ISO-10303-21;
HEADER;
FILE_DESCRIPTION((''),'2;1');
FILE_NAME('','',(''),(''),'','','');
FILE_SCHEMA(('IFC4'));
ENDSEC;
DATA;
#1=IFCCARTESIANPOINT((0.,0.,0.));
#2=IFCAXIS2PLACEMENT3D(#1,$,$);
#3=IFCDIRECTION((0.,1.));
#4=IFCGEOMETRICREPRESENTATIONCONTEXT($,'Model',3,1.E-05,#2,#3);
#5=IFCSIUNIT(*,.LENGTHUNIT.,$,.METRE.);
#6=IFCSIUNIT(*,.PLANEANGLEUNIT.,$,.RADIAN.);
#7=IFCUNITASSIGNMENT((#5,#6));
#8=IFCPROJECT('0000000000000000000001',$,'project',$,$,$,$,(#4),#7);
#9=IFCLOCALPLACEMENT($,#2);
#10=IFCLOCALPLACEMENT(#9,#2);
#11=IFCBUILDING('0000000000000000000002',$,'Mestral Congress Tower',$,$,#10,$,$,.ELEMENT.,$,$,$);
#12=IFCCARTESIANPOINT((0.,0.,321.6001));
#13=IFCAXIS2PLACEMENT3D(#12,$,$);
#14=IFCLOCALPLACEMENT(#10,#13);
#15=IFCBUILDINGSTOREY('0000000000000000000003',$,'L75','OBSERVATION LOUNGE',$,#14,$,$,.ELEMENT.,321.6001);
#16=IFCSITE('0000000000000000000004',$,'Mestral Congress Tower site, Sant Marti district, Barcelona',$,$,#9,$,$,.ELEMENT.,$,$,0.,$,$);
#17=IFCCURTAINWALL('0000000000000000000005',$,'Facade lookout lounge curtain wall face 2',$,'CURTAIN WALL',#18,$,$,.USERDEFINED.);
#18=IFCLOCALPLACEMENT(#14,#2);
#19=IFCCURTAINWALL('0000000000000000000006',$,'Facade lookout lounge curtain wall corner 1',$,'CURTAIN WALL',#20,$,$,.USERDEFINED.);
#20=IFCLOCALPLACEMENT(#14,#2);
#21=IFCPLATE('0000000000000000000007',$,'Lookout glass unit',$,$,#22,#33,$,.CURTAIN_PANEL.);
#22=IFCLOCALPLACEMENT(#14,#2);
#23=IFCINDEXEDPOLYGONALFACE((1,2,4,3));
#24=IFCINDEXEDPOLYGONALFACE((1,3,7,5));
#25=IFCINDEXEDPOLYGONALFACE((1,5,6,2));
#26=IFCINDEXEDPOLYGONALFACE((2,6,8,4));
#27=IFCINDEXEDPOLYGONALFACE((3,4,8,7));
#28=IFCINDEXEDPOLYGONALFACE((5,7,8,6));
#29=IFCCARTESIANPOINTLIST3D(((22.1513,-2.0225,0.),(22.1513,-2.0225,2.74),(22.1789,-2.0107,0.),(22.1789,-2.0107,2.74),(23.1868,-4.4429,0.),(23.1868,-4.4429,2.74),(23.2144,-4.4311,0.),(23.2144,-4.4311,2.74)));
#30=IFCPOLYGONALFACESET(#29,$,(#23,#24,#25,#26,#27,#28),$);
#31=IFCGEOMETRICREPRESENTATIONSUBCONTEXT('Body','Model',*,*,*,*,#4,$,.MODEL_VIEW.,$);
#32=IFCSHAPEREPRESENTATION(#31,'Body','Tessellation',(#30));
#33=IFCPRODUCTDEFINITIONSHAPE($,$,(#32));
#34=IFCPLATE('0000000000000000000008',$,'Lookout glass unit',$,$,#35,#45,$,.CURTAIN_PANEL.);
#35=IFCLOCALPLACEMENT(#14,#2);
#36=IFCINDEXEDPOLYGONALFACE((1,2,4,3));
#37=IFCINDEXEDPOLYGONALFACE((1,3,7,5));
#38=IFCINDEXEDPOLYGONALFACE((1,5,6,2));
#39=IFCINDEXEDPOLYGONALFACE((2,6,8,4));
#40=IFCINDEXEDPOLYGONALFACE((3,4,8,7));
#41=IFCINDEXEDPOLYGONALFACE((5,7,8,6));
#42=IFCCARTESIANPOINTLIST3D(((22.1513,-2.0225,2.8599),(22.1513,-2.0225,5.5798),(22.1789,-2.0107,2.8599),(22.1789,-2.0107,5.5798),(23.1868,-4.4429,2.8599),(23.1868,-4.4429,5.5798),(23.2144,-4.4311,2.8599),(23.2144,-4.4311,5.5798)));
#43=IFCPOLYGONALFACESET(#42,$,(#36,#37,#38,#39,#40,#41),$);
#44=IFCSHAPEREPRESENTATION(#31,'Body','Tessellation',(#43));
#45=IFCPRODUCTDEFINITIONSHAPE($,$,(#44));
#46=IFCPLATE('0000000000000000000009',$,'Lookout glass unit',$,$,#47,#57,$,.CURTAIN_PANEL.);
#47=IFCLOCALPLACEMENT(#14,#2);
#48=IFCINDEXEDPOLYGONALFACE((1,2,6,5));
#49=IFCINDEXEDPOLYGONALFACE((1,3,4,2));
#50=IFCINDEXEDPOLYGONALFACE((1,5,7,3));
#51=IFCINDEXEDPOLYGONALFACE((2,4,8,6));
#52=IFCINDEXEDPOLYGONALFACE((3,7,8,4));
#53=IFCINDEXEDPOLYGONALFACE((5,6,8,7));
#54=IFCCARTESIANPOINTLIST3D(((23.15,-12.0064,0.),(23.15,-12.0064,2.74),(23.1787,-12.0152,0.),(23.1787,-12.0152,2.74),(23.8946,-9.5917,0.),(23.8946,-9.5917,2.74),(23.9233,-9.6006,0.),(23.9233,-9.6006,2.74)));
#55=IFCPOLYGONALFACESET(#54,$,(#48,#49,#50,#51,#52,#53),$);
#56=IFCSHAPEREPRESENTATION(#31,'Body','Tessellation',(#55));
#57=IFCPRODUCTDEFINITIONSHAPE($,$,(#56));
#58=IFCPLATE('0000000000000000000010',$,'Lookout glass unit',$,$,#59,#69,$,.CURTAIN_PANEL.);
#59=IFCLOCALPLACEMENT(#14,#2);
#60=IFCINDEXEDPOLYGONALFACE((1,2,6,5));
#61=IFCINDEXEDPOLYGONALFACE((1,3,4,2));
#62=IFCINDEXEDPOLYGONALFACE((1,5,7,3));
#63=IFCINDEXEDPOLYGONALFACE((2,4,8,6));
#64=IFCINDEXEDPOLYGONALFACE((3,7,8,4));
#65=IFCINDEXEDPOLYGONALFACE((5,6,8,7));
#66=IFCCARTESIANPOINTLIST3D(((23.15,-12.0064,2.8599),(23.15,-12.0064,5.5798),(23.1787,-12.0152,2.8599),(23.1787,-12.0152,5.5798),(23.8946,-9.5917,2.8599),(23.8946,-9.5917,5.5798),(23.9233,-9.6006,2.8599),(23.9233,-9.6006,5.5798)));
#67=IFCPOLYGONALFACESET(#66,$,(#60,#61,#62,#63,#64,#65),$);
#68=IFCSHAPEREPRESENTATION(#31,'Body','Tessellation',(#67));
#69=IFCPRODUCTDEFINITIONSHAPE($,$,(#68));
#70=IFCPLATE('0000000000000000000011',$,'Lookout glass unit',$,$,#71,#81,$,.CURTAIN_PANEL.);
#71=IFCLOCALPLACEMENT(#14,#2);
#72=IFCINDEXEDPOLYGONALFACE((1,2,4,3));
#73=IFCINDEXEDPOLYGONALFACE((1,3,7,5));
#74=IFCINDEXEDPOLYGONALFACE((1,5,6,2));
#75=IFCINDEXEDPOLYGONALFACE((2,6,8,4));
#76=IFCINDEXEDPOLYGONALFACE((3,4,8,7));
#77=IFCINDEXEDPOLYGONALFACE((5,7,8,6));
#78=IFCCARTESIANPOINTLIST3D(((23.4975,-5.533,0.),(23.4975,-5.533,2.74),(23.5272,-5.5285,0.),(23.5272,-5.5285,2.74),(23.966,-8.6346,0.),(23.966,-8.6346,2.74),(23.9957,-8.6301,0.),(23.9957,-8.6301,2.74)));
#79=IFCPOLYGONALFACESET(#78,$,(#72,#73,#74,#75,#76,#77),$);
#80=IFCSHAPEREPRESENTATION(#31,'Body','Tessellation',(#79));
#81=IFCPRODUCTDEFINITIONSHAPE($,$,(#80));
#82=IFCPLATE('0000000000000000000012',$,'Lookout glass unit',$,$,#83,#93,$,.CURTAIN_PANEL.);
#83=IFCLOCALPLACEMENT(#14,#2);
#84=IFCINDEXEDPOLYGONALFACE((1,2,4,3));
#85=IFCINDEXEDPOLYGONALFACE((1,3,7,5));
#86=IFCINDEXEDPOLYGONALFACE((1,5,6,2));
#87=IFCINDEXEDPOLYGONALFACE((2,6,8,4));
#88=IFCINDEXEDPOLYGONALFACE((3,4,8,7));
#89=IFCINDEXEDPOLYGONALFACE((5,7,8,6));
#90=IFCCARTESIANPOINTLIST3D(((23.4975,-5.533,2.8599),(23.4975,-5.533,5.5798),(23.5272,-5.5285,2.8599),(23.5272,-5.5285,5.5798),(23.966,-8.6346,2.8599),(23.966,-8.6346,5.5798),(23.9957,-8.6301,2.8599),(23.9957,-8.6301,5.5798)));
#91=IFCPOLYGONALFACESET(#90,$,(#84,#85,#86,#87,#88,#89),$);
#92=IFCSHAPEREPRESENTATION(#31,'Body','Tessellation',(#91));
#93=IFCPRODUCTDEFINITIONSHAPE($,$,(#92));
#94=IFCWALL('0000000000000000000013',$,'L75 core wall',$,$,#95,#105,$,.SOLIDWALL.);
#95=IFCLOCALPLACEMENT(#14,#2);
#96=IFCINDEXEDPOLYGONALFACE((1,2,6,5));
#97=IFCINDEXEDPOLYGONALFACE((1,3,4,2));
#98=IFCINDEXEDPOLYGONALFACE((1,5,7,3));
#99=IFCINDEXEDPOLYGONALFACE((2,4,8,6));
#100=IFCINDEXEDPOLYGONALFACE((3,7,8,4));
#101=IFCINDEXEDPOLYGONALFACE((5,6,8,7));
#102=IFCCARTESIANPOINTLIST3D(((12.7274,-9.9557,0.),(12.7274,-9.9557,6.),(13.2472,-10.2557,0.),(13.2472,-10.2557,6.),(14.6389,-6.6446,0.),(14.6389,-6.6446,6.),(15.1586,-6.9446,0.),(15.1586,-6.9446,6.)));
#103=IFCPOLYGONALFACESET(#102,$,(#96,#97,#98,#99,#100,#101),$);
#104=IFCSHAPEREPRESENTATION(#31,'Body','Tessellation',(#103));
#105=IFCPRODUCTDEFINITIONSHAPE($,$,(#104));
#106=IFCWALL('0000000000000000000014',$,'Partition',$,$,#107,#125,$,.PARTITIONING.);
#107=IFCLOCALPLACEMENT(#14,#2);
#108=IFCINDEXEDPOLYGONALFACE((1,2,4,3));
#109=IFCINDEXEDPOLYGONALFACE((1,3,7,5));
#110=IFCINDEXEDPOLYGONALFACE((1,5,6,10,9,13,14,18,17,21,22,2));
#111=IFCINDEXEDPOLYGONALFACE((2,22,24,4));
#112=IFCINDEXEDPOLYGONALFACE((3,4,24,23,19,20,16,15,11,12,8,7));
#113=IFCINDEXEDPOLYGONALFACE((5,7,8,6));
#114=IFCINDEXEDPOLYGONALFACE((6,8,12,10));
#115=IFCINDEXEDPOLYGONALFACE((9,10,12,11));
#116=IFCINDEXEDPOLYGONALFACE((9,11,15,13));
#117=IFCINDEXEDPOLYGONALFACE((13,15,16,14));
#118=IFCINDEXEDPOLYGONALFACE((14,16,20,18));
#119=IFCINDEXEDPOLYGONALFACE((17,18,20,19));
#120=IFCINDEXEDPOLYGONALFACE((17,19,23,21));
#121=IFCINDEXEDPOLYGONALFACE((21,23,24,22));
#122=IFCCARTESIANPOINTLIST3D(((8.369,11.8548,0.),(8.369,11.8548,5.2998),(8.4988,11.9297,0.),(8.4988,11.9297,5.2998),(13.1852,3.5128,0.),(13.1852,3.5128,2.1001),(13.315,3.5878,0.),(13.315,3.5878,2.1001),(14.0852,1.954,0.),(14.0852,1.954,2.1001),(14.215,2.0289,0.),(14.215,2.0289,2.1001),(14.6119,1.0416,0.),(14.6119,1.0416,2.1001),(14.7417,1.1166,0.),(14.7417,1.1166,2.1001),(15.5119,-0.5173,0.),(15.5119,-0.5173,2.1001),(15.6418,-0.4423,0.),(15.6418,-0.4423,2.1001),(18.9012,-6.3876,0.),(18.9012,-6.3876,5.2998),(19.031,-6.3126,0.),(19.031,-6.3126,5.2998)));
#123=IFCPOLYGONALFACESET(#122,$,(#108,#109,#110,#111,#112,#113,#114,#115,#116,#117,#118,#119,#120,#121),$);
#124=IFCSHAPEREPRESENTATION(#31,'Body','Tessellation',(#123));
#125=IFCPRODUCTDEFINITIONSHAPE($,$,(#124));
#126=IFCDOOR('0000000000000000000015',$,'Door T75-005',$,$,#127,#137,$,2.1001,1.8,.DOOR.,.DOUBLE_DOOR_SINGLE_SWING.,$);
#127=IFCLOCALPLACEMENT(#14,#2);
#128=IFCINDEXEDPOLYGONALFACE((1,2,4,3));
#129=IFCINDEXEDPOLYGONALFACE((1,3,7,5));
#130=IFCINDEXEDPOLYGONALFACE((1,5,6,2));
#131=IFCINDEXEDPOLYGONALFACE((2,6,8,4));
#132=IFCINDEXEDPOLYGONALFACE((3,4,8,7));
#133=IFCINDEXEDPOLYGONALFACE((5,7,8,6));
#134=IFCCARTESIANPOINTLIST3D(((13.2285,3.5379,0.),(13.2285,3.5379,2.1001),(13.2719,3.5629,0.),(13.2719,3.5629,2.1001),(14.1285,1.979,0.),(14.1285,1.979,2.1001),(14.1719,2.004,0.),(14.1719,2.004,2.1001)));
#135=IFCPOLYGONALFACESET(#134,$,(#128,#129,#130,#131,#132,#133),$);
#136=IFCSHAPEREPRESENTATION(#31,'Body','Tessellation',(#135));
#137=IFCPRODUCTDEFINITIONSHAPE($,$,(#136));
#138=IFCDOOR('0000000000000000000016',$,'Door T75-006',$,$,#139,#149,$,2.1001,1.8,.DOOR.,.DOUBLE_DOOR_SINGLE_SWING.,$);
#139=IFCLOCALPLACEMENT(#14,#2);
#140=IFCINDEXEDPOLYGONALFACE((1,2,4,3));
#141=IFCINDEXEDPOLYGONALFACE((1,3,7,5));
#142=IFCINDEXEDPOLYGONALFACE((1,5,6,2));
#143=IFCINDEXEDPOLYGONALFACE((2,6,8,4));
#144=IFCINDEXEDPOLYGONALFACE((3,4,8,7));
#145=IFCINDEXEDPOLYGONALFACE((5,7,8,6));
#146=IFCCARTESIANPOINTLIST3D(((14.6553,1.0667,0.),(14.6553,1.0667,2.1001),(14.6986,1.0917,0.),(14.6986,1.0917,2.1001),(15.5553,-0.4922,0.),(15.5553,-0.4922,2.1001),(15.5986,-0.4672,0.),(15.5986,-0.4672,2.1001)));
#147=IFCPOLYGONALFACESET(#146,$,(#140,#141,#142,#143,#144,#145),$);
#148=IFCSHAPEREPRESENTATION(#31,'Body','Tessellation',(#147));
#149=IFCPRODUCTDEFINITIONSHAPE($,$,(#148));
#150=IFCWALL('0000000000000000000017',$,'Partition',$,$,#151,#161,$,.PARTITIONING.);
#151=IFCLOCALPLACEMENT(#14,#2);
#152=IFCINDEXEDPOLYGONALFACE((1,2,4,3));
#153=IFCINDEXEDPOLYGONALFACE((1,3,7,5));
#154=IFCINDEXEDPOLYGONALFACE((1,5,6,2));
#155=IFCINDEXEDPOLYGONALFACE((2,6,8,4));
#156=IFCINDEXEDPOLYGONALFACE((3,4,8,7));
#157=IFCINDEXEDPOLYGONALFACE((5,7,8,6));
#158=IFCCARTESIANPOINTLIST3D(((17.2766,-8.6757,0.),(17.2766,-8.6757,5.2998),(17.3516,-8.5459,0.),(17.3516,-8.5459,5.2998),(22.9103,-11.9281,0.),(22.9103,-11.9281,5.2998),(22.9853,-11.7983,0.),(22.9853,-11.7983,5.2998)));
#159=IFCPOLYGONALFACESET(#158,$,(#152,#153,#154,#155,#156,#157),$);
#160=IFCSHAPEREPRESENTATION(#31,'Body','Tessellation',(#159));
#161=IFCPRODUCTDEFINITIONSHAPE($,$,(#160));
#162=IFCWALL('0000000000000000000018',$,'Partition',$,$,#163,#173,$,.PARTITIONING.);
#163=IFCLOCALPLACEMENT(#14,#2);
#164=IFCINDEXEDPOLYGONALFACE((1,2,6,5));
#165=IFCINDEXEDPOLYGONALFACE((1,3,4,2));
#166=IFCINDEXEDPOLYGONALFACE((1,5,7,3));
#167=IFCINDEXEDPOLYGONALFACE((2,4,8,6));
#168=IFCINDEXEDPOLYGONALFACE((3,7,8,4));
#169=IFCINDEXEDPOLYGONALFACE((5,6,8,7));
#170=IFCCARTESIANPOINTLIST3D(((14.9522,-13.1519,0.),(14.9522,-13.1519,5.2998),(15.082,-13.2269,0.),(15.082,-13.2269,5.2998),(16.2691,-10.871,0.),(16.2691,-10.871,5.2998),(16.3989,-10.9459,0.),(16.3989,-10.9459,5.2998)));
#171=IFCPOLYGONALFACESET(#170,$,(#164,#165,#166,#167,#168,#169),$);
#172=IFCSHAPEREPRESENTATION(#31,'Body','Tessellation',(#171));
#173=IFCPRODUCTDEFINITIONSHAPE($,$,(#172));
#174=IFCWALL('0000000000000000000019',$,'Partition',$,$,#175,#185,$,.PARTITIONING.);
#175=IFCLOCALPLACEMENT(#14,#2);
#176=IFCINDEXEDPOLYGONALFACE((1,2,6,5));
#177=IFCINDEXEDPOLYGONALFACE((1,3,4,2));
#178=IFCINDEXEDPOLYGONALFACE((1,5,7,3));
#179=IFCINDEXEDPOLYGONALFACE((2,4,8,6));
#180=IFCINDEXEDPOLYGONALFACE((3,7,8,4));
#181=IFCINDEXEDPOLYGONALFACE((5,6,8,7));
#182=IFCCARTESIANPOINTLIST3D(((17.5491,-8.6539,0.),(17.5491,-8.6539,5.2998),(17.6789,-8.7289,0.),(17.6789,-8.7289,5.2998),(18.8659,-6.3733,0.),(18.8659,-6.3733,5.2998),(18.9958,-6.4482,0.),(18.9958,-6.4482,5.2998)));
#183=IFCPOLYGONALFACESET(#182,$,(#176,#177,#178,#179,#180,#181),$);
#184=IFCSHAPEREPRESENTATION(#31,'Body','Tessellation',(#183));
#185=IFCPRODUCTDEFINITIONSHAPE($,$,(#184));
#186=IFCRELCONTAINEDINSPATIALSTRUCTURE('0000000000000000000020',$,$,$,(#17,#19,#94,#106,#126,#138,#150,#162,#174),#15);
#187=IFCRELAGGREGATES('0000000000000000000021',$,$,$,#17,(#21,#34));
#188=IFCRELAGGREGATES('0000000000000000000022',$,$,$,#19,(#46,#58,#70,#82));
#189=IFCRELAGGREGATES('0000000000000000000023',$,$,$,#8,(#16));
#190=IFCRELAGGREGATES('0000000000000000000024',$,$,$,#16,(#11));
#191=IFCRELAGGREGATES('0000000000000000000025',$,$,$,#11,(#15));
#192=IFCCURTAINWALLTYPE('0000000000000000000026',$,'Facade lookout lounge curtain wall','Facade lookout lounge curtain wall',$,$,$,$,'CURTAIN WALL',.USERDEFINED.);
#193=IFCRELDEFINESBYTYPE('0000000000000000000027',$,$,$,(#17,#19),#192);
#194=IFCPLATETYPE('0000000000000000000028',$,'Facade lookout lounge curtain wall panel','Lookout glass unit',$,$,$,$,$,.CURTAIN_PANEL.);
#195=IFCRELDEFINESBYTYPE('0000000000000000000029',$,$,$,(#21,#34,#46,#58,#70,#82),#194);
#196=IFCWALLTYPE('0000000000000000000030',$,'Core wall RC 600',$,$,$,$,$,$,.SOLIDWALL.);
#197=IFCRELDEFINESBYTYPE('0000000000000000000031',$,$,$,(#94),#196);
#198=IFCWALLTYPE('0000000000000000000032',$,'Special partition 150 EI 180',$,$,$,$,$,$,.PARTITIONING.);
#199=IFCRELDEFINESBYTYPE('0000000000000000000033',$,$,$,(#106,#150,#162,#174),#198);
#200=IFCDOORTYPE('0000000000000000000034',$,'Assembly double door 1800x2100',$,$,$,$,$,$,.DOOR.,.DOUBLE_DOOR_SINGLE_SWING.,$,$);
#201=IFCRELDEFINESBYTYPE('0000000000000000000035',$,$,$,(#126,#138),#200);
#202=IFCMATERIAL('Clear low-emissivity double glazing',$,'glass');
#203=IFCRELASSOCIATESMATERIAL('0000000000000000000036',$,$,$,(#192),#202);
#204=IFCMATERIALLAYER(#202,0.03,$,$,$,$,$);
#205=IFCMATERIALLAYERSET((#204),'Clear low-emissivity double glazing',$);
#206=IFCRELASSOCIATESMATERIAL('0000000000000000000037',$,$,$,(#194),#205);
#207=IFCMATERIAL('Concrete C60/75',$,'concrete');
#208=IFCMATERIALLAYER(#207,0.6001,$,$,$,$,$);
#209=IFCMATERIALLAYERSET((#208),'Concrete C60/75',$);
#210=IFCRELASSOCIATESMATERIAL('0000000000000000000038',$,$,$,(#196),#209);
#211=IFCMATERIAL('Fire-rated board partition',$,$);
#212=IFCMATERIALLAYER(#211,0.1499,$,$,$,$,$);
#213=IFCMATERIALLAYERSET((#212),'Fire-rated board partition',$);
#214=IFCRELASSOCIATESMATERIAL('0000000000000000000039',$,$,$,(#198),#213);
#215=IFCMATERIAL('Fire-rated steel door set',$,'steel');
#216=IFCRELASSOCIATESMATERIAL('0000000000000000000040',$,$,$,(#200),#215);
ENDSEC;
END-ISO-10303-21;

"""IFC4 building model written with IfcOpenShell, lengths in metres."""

from ifc_helpers import new_model, si_unit, direction, frame, frame_2d, origin, origin_2d, place, context, subcontext, project, spatial, rectangle, extrude, material, layer, layer_set, type_object, element, fill, aggregate, save


model = new_model("IFC4")

# Units and contexts
model_context = context("Model", 3, precision=1e-05, world=origin(), true_north=direction((0.0, 1.0)))
body_context = subcontext(model_context, "Body", "Model", "MODEL_VIEW")
ifc_project = project(units=[si_unit("LENGTHUNIT", "METRE"), si_unit("PLANEANGLEUNIT", "RADIAN")], contexts=[model_context])

# Site, building, storey
site_placement = place(None, origin())
site = spatial("IfcSite", under=ifc_project, at=site_placement, Name="Mestral Congress Tower site, Sant Marti district, Barcelona", CompositionType="ELEMENT", RefElevation=0.0)
building_placement = place(site_placement, origin())
building = spatial("IfcBuilding", under=site, at=building_placement, Name="Mestral Congress Tower", CompositionType="ELEMENT")
storey_placement = place(building_placement, frame((0.0, 0.0, 321.6001)))
storey = spatial("IfcBuildingStorey", under=building, at=storey_placement, Name="L75", Description="OBSERVATION LOUNGE", CompositionType="ELEMENT", Elevation=321.6001)

# Shared definitions
ifc_material_1 = material(Name="Concrete C60/75", Category="concrete")

# Curtain walls
ifc_material_2 = material(Name="Clear low-emissivity double glazing", Category="glass")
curtain_wall_type = type_object("IfcCurtainWallType", Name="Facade lookout lounge curtain wall", Description="Facade lookout lounge curtain wall", ElementType="CURTAIN WALL", PredefinedType="USERDEFINED", material=ifc_material_2)
placement = place(storey_placement, origin())
curtain_wall_1 = element("IfcCurtainWall", 1, at=placement, inside=storey, type_object=curtain_wall_type, Name="Facade lookout lounge curtain wall face 2", ObjectType="CURTAIN WALL", PredefinedType="USERDEFINED")
curtain_wall_2 = element("IfcCurtainWall", 2, at=placement, inside=storey, type_object=curtain_wall_type, Name="Facade lookout lounge curtain wall corner 1", ObjectType="CURTAIN WALL", PredefinedType="USERDEFINED")

# Plates
ifc_layer_1 = layer(ifc_material_2, 0.03)
ifc_layer_set_1 = layer_set([ifc_layer_1], Name="Clear low-emissivity double glazing")
plate_type = type_object("IfcPlateType", Name="Facade lookout lounge curtain wall panel", Description="Lookout glass unit", PredefinedType="CURTAIN_PANEL", material=ifc_layer_set_1)
plate_1_placement = place(storey_placement, frame((22.6829, -3.2268, 0.0), z_axis=(0.0, 0.0, 1.0), x_axis=(-0.393356, 0.919386, 0.0)))
plate_1 = element("IfcPlate", 3, at=plate_1_placement, type_object=plate_type, Name="Lookout glass unit", PredefinedType="CURTAIN_PANEL", context=body_context, shape_type="SweptSolid", body=[
    extrude(rectangle(XDim=2.6326, YDim=0.03, at=origin_2d()), origin(), (0.0, 0.0, 1.0), 2.74),
])
plate_2_placement = place(storey_placement, frame((22.6829, -3.2268, 2.8599), z_axis=(0.0, 0.0, 1.0), x_axis=(-0.393356, 0.919386, 0.0)))
plate_2 = element("IfcPlate", 4, at=plate_2_placement, type_object=plate_type, Name="Lookout glass unit", PredefinedType="CURTAIN_PANEL", context=body_context, shape_type="SweptSolid", body=[
    extrude(rectangle(XDim=2.6326, YDim=0.03, at=origin_2d()), origin(), (0.0, 0.0, 1.0), 2.72),
])
aggregate(curtain_wall_1, [plate_1, plate_2])
plate_3_placement = place(storey_placement, frame((23.5366, -10.8035, 0.0), z_axis=(0.0, 0.0, 1.0), x_axis=(0.294661, 0.955602, 0.0)))
plate_3 = element("IfcPlate", 5, at=plate_3_placement, type_object=plate_type, Name="Lookout glass unit", PredefinedType="CURTAIN_PANEL", context=body_context, shape_type="SweptSolid", body=[
    extrude(rectangle(XDim=2.5269, YDim=0.03, at=origin_2d()), origin(), (0.0, 0.0, 1.0), 2.74),
])
plate_4_placement = place(storey_placement, frame((23.5366, -10.8035, 2.8599), z_axis=(0.0, 0.0, 1.0), x_axis=(0.294661, 0.955602, 0.0)))
plate_4 = element("IfcPlate", 6, at=plate_4_placement, type_object=plate_type, Name="Lookout glass unit", PredefinedType="CURTAIN_PANEL", context=body_context, shape_type="SweptSolid", body=[
    extrude(rectangle(XDim=2.5269, YDim=0.03, at=origin_2d()), origin(), (0.0, 0.0, 1.0), 2.72),
])
plate_5_placement = place(storey_placement, frame((23.7466, -7.0815, 0.0), z_axis=(0.0, 0.0, 1.0), x_axis=(-0.149366, 0.988782, 0.0)))
plate_5 = element("IfcPlate", 7, at=plate_5_placement, type_object=plate_type, Name="Lookout glass unit", PredefinedType="CURTAIN_PANEL", context=body_context, shape_type="SweptSolid", body=[
    extrude(rectangle(XDim=3.1367, YDim=0.03, at=origin_2d()), origin(), (0.0, 0.0, 1.0), 2.74),
])
plate_6_placement = place(storey_placement, frame((23.7466, -7.0815, 2.8599), z_axis=(0.0, 0.0, 1.0), x_axis=(-0.149366, 0.988782, 0.0)))
plate_6 = element("IfcPlate", 8, at=plate_6_placement, type_object=plate_type, Name="Lookout glass unit", PredefinedType="CURTAIN_PANEL", context=body_context, shape_type="SweptSolid", body=[
    extrude(rectangle(XDim=3.1367, YDim=0.03, at=origin_2d()), origin(), (0.0, 0.0, 1.0), 2.72),
])
aggregate(curtain_wall_2, [plate_3, plate_4, plate_5, plate_6])

# Wall
ifc_layer_2 = layer(ifc_material_1, 0.6001)
ifc_layer_set_2 = layer_set([ifc_layer_2], Name="Concrete C60/75")
wall_type_1 = type_object("IfcWallType", Name="Core wall RC 600", PredefinedType="SOLIDWALL", material=ifc_layer_set_2)
wall_1_placement = place(storey_placement, frame((12.9873, -10.1057, 0.0), z_axis=(0.0, 0.0, 1.0), x_axis=(0.499951, 0.866054, 0.0)))
element("IfcWall", 9, at=wall_1_placement, inside=storey, type_object=wall_type_1, Name="L75 core wall", PredefinedType="SOLIDWALL", context=body_context, shape_type="SweptSolid", body=[
    extrude(rectangle(XDim=3.8232, YDim=0.6001, at=frame_2d((1.9116, 0.0))), origin(), (0.0, 0.0, 1.0), 6.0),
])

# Wall, openings, doors
ifc_material_3 = material(Name="Fire-rated board partition")
ifc_layer_3 = layer(ifc_material_3, 0.1499)
ifc_layer_set_3 = layer_set([ifc_layer_3], Name="Fire-rated board partition")
wall_type_2 = type_object("IfcWallType", Name="Special partition 150 EI 180", PredefinedType="PARTITIONING", material=ifc_layer_set_3)
wall_2_placement = place(storey_placement, frame((18.9661, -6.3501, 0.0), z_axis=(0.0, 0.0, 1.0), x_axis=(-0.499998, 0.866026, 0.0)))
wall_2 = element("IfcWall", 10, at=wall_2_placement, inside=storey, type_object=wall_type_2, Name="Partition", PredefinedType="PARTITIONING", context=body_context, shape_type="SweptSolid", body=[
    extrude(rectangle(XDim=21.0645, YDim=0.1499, at=frame_2d((10.5322, 0.0))), origin(), (0.0, 0.0, 1.0), 5.2998),
])
opening_1_placement = place(wall_2_placement, frame((9.6321, 0.0, 0.0)))
opening_1 = element("IfcOpeningElement", 11, at=opening_1_placement, cuts=wall_2, PredefinedType="OPENING", context=body_context, shape_type="SweptSolid", body=[
    extrude(rectangle(XDim=1.8, YDim=2.1001, at=frame_2d((0.8999, 1.05))), frame((0.0, 0.085, 0.0), z_axis=(0.0, -1.0, 0.0), x_axis=(1.0, 0.0, 0.0)), (0.0, 0.0, 1.0), 0.1699),
])
opening_2_placement = place(wall_2_placement, frame((6.7786, 0.0, 0.0)))
opening_2 = element("IfcOpeningElement", 12, at=opening_2_placement, cuts=wall_2, PredefinedType="OPENING", context=body_context, shape_type="SweptSolid", body=[
    extrude(rectangle(XDim=1.8, YDim=2.1001, at=frame_2d((0.8999, 1.05))), frame((0.0, 0.085, 0.0), z_axis=(0.0, -1.0, 0.0), x_axis=(1.0, 0.0, 0.0)), (0.0, 0.0, 1.0), 0.1699),
])
ifc_material_4 = material(Name="Fire-rated steel door set", Category="steel")
door_type = type_object("IfcDoorType", Name="Assembly double door 1800x2100", OperationType="DOUBLE_DOOR_SINGLE_SWING", PredefinedType="DOOR", material=ifc_material_4)
door_1_placement = place(opening_1_placement, origin())
door_1 = element("IfcDoor", 13, at=door_1_placement, inside=storey, type_object=door_type, Name="Door T75-005", OperationType="DOUBLE_DOOR_SINGLE_SWING", OverallHeight=2.1001, OverallWidth=1.8, PredefinedType="DOOR", context=body_context, shape_type="SweptSolid", body=[
    extrude(rectangle(XDim=1.8, YDim=2.1001, at=frame_2d((0.8999, 1.05))), frame((0.0, 0.0249, 0.0), z_axis=(0.0, -1.0, 0.0), x_axis=(1.0, 0.0, 0.0)), (0.0, 0.0, 1.0), 0.05),
])
fill(opening_1, door_1)
door_2_placement = place(opening_2_placement, origin())
door_2 = element("IfcDoor", 14, at=door_2_placement, inside=storey, type_object=door_type, Name="Door T75-006", OperationType="DOUBLE_DOOR_SINGLE_SWING", OverallHeight=2.1001, OverallWidth=1.8, PredefinedType="DOOR", context=body_context, shape_type="SweptSolid", body=[
    extrude(rectangle(XDim=1.8, YDim=2.1001, at=frame_2d((0.8999, 1.05))), frame((0.0, 0.0249, 0.0), z_axis=(0.0, -1.0, 0.0), x_axis=(1.0, 0.0, 0.0)), (0.0, 0.0, 1.0), 0.05),
])
fill(opening_2, door_2)

# Walls
wall_3_placement = place(storey_placement, frame((17.3142, -8.6108, 0.0), z_axis=(0.0, 0.0, 1.0), x_axis=(0.866041, -0.499974, 0.0)))
element("IfcWall", 15, at=wall_3_placement, inside=storey, type_object=wall_type_2, Name="Partition", PredefinedType="PARTITIONING", context=body_context, shape_type="SweptSolid", body=[
    extrude(rectangle(XDim=6.5051, YDim=0.1499, at=frame_2d((3.2524, 0.0))), origin(), (0.0, 0.0, 1.0), 5.2998),
])
wall_4_placement = place(storey_placement, frame((16.334, -10.9084, 0.0), z_axis=(0.0, 0.0, 1.0), x_axis=(-0.499987, -0.866033, 0.0)))
element("IfcWall", 16, at=wall_4_placement, inside=storey, type_object=wall_type_2, Name="Partition", PredefinedType="PARTITIONING", context=body_context, shape_type="SweptSolid", body=[
    extrude(rectangle(XDim=2.6338, YDim=0.1499, at=frame_2d((1.3169, 0.0))), origin(), (0.0, 0.0, 1.0), 5.2998),
])
wall_5_placement = place(storey_placement, frame((18.9309, -6.4106, 0.0), z_axis=(0.0, 0.0, 1.0), x_axis=(-0.500027, -0.86601, 0.0)))
element("IfcWall", 17, at=wall_5_placement, inside=storey, type_object=wall_type_2, Name="Partition", PredefinedType="PARTITIONING", context=body_context, shape_type="SweptSolid", body=[
    extrude(rectangle(XDim=2.6335, YDim=0.1499, at=frame_2d((1.3169, 0.0))), origin(), (0.0, 0.0, 1.0), 5.2998),
])

save(model, "model.ifc")
